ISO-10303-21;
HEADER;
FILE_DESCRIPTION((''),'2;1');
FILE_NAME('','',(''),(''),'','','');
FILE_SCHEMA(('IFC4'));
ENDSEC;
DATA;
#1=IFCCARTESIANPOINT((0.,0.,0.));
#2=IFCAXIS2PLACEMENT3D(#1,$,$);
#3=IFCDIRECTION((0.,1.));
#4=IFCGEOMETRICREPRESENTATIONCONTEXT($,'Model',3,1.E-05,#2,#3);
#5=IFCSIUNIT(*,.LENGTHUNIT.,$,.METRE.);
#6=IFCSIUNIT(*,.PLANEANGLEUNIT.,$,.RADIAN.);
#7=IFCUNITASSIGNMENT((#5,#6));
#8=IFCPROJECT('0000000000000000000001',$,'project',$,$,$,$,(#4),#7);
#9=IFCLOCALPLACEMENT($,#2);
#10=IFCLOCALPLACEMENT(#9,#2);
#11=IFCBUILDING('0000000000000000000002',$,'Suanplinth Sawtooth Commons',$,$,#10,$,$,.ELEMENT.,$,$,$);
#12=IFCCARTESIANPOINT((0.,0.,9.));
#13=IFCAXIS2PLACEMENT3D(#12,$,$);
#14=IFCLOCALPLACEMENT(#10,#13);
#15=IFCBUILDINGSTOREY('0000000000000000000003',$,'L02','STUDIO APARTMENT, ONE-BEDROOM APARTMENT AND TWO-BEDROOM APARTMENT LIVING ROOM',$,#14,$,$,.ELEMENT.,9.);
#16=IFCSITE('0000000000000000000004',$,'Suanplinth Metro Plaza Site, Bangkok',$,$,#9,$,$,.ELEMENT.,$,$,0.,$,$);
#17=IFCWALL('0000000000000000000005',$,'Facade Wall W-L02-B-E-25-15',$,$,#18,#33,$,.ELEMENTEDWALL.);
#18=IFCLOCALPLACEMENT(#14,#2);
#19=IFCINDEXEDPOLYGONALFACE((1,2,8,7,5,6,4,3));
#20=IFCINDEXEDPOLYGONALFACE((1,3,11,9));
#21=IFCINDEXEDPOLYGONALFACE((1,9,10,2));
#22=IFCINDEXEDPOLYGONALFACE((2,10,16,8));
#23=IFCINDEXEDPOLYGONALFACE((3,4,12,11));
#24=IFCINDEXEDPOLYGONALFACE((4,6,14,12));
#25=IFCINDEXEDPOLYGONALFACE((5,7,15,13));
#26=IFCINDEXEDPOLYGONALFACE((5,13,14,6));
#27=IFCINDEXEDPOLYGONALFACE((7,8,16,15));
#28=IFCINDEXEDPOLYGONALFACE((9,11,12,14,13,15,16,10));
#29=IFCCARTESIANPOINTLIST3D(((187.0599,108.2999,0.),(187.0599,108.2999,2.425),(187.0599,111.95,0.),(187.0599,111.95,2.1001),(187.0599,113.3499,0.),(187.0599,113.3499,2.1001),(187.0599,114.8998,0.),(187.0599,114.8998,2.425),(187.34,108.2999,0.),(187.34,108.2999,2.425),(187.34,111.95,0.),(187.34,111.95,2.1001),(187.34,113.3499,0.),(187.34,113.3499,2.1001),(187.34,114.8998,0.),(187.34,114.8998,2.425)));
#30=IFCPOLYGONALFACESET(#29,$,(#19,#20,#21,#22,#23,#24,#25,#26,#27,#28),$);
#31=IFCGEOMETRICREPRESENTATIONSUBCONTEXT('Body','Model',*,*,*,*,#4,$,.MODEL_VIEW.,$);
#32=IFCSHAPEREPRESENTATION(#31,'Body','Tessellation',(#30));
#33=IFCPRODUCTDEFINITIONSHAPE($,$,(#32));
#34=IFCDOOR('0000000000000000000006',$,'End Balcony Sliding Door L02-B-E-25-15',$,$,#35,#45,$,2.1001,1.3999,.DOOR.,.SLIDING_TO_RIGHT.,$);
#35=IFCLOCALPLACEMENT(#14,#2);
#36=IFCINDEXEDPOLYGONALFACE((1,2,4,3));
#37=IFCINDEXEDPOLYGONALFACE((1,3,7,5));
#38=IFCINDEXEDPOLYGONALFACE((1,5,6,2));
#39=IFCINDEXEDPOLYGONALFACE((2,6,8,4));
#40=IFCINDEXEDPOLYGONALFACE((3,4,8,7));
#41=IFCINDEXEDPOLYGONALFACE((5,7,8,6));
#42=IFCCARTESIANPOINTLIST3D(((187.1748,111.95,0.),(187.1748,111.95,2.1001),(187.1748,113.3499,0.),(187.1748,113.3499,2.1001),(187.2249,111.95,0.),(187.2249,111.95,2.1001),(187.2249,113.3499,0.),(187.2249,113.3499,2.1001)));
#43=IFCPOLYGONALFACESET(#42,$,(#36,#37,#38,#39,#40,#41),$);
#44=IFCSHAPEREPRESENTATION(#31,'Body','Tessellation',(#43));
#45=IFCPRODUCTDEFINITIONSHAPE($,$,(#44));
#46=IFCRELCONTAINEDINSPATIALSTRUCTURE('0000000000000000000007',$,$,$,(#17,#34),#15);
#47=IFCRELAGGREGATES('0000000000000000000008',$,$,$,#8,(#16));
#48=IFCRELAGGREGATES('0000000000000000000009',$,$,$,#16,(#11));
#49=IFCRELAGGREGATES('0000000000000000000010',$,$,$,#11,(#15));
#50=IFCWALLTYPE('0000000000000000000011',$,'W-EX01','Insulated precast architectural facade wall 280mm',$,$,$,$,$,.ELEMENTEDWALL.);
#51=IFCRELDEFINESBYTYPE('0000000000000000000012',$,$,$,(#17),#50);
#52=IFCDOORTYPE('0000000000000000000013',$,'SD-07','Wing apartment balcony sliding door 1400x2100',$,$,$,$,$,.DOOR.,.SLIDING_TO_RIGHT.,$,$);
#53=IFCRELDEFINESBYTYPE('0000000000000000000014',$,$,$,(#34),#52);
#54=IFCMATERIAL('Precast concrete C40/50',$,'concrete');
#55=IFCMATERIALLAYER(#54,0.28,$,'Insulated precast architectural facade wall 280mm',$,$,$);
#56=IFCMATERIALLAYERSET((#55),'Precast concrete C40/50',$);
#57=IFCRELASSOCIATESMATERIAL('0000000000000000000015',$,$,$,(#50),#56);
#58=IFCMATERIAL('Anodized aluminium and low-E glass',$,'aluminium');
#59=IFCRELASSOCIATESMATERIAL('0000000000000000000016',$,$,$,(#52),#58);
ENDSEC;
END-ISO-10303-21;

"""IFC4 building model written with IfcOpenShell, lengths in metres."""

from ifc_helpers import new_model, si_unit, direction, frame, frame_2d, origin, place, context, subcontext, project, spatial, rectangle, extrude, material, layer, layer_set, type_object, element, fill, save


model = new_model("IFC4")

# Units and contexts
model_context = context("Model", 3, precision=1e-05, world=origin(), true_north=direction((0.0, 1.0)))
body_context = subcontext(model_context, "Body", "Model", "MODEL_VIEW")
ifc_project = project(units=[si_unit("LENGTHUNIT", "METRE"), si_unit("PLANEANGLEUNIT", "RADIAN")], contexts=[model_context])

# Site, building, storey
site_placement = place(None, origin())
site = spatial("IfcSite", under=ifc_project, at=site_placement, Name="Suanplinth Metro Plaza Site, Bangkok", CompositionType="ELEMENT", RefElevation=0.0)
building_placement = place(site_placement, origin())
building = spatial("IfcBuilding", under=site, at=building_placement, Name="Suanplinth Sawtooth Commons", CompositionType="ELEMENT")
storey_placement = place(building_placement, frame((0.0, 0.0, 9.0)))
storey = spatial("IfcBuildingStorey", under=building, at=storey_placement, Name="L02", Description="STUDIO APARTMENT, ONE-BEDROOM APARTMENT AND TWO-BEDROOM APARTMENT LIVING ROOM", CompositionType="ELEMENT", Elevation=9.0)

# Shared definitions
ifc_material_1 = material(Name="Precast concrete C40/50", Category="concrete")

# Wall, opening, door
ifc_layer_1 = layer(ifc_material_1, 0.28, Name="Insulated precast architectural facade wall 280mm")
ifc_layer_set_1 = layer_set([ifc_layer_1], Name="Precast concrete C40/50")
wall_type_1 = type_object("IfcWallType", Name="W-EX01", Description="Insulated precast architectural facade wall 280mm", PredefinedType="ELEMENTEDWALL", material=ifc_layer_set_1)
wall_1_placement = place(storey_placement, frame((187.2, 108.3, 0.0), z_axis=(0.0, 0.0, 1.0), x_axis=(0.0, 1.0, 0.0)))
wall_1 = element("IfcWall", 1, at=wall_1_placement, inside=storey, type_object=wall_type_1, Name="Facade Wall W-L02-B-E-25-15", PredefinedType="ELEMENTEDWALL", context=body_context, shape_type="SweptSolid", body=[
    extrude(rectangle(XDim=6.5999, YDim=0.28, at=frame_2d((3.2998, 0.0))), origin(), (0.0, 0.0, 1.0), 2.425),
])
opening_1_placement = place(wall_1_placement, frame((3.6499, 0.0, 0.0)))
opening_1 = element("IfcOpeningElement", 2, at=opening_1_placement, cuts=wall_1, PredefinedType="OPENING", context=body_context, shape_type="SweptSolid", body=[
    extrude(rectangle(XDim=1.3999, YDim=2.1001, at=frame_2d((0.7, 1.05))), frame((0.0, 0.1548, 0.0), z_axis=(0.0, -1.0, 0.0), x_axis=(1.0, 0.0, 0.0)), (0.0, 0.0, 1.0), 0.3098),
])
ifc_material_2 = material(Name="Anodized aluminium and low-E glass", Category="aluminium")
door_type_1 = type_object("IfcDoorType", Name="SD-07", Description="Wing apartment balcony sliding door 1400x2100", OperationType="SLIDING_TO_RIGHT", PredefinedType="DOOR", material=ifc_material_2)
door_1_placement = place(opening_1_placement, frame((1.3999, 0.0, 0.0), z_axis=(0.0, 0.0, 1.0), x_axis=(-1.0, 0.0, 0.0)))
door_1 = element("IfcDoor", 3, at=door_1_placement, inside=storey, type_object=door_type_1, Name="End Balcony Sliding Door L02-B-E-25-15", OperationType="SLIDING_TO_RIGHT", OverallHeight=2.1001, OverallWidth=1.3999, PredefinedType="DOOR", context=body_context, shape_type="SweptSolid", body=[
    extrude(rectangle(XDim=1.3999, YDim=2.1001, at=frame_2d((0.7, 1.05))), frame((0.0, 0.0249, 0.0), z_axis=(0.0, -1.0, 0.0), x_axis=(1.0, 0.0, 0.0)), (0.0, 0.0, 1.0), 0.05),
])
fill(opening_1, door_1)

save(model, "model.ifc")
